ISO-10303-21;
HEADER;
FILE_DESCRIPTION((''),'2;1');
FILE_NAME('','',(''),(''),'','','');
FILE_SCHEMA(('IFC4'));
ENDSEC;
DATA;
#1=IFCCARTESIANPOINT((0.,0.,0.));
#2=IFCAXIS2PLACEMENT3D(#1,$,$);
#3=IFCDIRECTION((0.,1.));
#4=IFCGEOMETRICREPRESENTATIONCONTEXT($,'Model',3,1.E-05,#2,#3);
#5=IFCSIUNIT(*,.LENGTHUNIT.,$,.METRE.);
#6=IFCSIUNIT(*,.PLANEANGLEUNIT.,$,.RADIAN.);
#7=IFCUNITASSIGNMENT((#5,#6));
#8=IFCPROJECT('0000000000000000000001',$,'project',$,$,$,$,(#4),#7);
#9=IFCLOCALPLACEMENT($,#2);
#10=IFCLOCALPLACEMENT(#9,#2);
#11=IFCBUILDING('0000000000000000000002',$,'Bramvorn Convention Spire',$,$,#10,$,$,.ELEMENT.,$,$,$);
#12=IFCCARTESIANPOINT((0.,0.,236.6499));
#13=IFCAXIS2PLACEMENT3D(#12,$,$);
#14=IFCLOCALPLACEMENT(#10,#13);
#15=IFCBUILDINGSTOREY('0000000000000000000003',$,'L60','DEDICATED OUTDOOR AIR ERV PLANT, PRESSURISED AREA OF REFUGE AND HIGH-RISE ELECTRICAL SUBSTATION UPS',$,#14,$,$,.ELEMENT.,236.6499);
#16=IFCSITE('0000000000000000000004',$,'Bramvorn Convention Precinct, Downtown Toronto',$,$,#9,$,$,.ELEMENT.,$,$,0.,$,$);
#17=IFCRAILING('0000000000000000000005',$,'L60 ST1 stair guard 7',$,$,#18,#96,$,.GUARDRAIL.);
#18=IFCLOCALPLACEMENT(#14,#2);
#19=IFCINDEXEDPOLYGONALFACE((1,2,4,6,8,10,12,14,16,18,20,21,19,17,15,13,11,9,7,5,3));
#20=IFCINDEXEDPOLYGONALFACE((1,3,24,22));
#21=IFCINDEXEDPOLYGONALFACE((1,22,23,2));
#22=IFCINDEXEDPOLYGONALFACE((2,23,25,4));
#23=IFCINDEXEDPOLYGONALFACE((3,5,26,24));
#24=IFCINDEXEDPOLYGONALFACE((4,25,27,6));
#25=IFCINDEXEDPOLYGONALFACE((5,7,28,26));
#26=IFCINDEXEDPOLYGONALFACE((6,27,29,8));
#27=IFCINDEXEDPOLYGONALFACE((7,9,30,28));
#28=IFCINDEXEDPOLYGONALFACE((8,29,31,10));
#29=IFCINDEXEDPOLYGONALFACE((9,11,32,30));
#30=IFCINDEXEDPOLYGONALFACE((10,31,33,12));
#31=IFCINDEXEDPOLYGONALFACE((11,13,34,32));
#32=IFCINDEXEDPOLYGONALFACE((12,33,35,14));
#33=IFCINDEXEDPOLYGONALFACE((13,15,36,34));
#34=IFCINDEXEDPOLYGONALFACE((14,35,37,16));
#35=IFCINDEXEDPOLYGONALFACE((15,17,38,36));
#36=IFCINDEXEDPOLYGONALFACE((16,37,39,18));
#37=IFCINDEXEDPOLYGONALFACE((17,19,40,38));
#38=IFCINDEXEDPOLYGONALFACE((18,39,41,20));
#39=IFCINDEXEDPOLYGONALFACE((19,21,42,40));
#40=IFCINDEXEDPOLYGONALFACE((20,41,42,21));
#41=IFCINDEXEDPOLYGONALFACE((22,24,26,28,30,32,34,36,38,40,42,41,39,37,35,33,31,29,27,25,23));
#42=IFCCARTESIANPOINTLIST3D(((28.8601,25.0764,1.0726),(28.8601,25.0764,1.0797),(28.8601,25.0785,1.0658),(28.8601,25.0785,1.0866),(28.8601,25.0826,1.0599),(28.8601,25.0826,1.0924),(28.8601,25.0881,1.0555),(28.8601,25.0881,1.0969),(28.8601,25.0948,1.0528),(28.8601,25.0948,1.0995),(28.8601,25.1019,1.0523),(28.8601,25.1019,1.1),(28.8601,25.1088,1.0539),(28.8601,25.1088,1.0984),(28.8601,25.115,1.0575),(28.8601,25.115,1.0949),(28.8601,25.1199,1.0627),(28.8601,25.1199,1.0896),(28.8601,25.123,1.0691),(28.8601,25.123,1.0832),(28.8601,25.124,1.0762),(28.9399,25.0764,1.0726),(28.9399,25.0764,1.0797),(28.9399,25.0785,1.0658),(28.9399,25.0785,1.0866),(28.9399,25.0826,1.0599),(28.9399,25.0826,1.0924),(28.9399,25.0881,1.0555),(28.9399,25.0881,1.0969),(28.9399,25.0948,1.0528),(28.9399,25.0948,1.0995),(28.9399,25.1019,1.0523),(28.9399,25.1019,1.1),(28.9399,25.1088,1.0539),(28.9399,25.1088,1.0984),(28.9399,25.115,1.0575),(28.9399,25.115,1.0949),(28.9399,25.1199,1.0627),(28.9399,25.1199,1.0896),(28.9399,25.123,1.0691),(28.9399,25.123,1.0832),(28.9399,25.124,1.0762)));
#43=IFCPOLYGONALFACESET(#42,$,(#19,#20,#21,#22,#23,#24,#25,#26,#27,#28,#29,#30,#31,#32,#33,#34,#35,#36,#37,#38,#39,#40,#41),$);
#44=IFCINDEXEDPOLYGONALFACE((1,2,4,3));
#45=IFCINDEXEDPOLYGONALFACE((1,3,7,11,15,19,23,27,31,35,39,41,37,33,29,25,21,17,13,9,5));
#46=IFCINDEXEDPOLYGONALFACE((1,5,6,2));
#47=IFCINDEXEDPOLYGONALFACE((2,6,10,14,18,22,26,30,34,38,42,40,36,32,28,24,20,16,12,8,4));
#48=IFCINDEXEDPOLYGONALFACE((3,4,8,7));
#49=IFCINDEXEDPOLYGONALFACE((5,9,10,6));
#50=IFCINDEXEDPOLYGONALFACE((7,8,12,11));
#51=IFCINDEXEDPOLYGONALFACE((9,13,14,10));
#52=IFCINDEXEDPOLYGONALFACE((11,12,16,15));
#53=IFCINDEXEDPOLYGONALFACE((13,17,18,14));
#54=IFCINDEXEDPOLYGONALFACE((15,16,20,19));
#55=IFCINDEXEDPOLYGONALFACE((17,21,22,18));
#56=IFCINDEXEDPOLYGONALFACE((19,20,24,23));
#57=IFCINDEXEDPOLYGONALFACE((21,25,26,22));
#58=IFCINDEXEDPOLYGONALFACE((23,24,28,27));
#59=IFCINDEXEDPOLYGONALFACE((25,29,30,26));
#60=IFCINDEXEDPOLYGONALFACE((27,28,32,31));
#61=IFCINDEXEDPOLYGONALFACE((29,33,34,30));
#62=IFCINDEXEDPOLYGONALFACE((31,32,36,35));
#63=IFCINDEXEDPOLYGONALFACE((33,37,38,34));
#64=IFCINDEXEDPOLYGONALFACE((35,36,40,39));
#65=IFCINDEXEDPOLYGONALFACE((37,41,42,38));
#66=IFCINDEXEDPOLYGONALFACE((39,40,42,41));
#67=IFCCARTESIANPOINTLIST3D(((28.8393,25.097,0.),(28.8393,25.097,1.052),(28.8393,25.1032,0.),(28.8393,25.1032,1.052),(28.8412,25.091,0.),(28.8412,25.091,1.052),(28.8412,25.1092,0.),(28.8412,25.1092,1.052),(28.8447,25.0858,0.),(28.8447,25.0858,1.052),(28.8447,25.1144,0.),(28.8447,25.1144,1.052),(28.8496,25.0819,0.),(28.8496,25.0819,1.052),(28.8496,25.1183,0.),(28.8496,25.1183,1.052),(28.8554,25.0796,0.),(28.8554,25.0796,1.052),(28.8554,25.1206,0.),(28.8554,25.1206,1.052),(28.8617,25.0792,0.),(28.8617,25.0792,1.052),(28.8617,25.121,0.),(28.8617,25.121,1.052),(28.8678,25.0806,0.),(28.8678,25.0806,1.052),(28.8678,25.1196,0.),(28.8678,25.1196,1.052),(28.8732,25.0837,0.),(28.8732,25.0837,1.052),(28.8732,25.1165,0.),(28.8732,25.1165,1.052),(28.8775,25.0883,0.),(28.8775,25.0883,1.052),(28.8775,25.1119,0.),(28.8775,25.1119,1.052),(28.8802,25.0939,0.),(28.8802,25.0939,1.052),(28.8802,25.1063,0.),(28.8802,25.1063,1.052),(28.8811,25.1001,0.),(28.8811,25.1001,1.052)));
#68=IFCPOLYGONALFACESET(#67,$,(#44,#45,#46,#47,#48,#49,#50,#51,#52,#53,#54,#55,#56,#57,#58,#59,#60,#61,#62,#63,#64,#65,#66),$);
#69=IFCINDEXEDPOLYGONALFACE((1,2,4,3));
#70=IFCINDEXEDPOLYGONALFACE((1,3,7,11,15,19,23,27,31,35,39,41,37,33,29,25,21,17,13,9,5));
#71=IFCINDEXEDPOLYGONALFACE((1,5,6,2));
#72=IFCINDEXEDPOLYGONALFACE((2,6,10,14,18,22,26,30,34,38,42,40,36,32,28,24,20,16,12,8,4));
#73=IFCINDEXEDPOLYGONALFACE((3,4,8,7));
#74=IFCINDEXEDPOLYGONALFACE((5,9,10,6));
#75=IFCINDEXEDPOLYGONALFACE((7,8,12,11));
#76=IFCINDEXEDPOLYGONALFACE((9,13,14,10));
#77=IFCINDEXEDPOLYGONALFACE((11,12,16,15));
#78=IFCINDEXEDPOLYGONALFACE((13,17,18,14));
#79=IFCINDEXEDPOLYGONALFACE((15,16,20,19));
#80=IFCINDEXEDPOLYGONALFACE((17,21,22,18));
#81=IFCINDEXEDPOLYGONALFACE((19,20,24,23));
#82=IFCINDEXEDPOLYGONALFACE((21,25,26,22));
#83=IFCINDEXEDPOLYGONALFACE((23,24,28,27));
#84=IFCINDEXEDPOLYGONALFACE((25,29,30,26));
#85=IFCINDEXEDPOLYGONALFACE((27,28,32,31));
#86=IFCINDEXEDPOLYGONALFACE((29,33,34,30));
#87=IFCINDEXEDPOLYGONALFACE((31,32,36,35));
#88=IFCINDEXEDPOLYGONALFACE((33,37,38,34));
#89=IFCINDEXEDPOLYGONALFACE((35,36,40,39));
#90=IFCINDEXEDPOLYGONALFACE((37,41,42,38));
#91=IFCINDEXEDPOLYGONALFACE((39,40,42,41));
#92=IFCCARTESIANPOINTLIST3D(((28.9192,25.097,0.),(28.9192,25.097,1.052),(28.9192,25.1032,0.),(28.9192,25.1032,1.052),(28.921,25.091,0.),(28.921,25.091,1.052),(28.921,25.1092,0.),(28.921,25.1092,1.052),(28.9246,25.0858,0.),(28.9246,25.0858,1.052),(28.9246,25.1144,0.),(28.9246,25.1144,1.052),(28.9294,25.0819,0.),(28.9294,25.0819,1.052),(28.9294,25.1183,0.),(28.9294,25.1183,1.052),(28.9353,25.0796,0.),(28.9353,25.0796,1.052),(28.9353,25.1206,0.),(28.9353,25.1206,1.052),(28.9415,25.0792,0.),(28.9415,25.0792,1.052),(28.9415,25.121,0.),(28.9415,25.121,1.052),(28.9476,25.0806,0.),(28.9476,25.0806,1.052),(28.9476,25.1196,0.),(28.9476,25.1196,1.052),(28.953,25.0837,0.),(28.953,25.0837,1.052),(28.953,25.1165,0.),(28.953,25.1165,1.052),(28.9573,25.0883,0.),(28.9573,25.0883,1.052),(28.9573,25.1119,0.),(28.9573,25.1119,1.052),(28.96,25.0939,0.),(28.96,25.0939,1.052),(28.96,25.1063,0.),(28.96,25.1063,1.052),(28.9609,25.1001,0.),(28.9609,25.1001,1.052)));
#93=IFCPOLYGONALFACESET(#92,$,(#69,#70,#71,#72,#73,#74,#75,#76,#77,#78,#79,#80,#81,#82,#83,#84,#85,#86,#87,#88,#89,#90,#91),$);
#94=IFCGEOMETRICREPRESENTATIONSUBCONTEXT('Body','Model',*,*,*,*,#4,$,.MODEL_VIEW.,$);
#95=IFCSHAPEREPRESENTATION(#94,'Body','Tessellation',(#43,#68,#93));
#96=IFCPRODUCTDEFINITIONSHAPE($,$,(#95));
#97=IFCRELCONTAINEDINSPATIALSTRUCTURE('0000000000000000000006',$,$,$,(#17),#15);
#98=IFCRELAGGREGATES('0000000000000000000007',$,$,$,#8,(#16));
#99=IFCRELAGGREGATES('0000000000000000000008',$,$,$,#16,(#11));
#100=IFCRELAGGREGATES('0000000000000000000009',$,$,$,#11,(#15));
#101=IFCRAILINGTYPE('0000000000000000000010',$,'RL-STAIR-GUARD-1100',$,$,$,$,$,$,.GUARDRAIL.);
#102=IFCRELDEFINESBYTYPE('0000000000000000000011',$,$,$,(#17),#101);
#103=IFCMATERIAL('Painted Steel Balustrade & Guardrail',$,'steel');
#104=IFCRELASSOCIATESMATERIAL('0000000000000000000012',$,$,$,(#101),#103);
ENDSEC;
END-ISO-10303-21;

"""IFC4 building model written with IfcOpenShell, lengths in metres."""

from ifc_helpers import new_model, si_unit, direction, frame, origin, origin_2d, place, context, subcontext, project, spatial, circle, extrude, material, type_object, element, save


model = new_model("IFC4")

# Units and contexts
model_context = context("Model", 3, precision=1e-05, world=origin(), true_north=direction((0.0, 1.0)))
body_context = subcontext(model_context, "Body", "Model", "MODEL_VIEW")
ifc_project = project(units=[si_unit("LENGTHUNIT", "METRE"), si_unit("PLANEANGLEUNIT", "RADIAN")], contexts=[model_context])

# Site, building, storey
site_placement = place(None, origin())
site = spatial("IfcSite", under=ifc_project, at=site_placement, Name="Bramvorn Convention Precinct, Downtown Toronto", CompositionType="ELEMENT", RefElevation=0.0)
building_placement = place(site_placement, origin())
building = spatial("IfcBuilding", under=site, at=building_placement, Name="Bramvorn Convention Spire", CompositionType="ELEMENT")
storey_placement = place(building_placement, frame((0.0, 0.0, 236.6499)))
storey = spatial("IfcBuildingStorey", under=building, at=storey_placement, Name="L60", Description="DEDICATED OUTDOOR AIR ERV PLANT, PRESSURISED AREA OF REFUGE AND HIGH-RISE ELECTRICAL SUBSTATION UPS", CompositionType="ELEMENT", Elevation=236.6499)

# Railing
ifc_material_1 = material(Name="Painted Steel Balustrade & Guardrail", Category="steel")
railing_type_1 = type_object("IfcRailingType", Name="RL-STAIR-GUARD-1100", PredefinedType="GUARDRAIL", material=ifc_material_1)
railing_1_placement = place(storey_placement, frame((28.8601, 25.1001, 0.0)))
element("IfcRailing", 1, at=railing_1_placement, inside=storey, type_object=railing_type_1, Name="L60 ST1 stair guard 7", PredefinedType="GUARDRAIL", context=body_context, shape_type="SweptSolid", body=[
    extrude(circle(Radius=0.0239, at=origin_2d()), frame((0.0, 0.0, 1.0762), z_axis=(1.0, 0.0, 0.0), x_axis=(0.0, 1.0, 0.0)), (0.0, 0.0, 1.0), 0.0798),
    extrude(circle(Radius=0.021, at=origin_2d()), origin(), (0.0, 0.0, 1.0), 1.052),
    extrude(circle(Radius=0.021, at=origin_2d()), frame((0.0798, 0.0, 0.0)), (0.0, 0.0, 1.0), 1.052),
])

save(model, "model.ifc")
